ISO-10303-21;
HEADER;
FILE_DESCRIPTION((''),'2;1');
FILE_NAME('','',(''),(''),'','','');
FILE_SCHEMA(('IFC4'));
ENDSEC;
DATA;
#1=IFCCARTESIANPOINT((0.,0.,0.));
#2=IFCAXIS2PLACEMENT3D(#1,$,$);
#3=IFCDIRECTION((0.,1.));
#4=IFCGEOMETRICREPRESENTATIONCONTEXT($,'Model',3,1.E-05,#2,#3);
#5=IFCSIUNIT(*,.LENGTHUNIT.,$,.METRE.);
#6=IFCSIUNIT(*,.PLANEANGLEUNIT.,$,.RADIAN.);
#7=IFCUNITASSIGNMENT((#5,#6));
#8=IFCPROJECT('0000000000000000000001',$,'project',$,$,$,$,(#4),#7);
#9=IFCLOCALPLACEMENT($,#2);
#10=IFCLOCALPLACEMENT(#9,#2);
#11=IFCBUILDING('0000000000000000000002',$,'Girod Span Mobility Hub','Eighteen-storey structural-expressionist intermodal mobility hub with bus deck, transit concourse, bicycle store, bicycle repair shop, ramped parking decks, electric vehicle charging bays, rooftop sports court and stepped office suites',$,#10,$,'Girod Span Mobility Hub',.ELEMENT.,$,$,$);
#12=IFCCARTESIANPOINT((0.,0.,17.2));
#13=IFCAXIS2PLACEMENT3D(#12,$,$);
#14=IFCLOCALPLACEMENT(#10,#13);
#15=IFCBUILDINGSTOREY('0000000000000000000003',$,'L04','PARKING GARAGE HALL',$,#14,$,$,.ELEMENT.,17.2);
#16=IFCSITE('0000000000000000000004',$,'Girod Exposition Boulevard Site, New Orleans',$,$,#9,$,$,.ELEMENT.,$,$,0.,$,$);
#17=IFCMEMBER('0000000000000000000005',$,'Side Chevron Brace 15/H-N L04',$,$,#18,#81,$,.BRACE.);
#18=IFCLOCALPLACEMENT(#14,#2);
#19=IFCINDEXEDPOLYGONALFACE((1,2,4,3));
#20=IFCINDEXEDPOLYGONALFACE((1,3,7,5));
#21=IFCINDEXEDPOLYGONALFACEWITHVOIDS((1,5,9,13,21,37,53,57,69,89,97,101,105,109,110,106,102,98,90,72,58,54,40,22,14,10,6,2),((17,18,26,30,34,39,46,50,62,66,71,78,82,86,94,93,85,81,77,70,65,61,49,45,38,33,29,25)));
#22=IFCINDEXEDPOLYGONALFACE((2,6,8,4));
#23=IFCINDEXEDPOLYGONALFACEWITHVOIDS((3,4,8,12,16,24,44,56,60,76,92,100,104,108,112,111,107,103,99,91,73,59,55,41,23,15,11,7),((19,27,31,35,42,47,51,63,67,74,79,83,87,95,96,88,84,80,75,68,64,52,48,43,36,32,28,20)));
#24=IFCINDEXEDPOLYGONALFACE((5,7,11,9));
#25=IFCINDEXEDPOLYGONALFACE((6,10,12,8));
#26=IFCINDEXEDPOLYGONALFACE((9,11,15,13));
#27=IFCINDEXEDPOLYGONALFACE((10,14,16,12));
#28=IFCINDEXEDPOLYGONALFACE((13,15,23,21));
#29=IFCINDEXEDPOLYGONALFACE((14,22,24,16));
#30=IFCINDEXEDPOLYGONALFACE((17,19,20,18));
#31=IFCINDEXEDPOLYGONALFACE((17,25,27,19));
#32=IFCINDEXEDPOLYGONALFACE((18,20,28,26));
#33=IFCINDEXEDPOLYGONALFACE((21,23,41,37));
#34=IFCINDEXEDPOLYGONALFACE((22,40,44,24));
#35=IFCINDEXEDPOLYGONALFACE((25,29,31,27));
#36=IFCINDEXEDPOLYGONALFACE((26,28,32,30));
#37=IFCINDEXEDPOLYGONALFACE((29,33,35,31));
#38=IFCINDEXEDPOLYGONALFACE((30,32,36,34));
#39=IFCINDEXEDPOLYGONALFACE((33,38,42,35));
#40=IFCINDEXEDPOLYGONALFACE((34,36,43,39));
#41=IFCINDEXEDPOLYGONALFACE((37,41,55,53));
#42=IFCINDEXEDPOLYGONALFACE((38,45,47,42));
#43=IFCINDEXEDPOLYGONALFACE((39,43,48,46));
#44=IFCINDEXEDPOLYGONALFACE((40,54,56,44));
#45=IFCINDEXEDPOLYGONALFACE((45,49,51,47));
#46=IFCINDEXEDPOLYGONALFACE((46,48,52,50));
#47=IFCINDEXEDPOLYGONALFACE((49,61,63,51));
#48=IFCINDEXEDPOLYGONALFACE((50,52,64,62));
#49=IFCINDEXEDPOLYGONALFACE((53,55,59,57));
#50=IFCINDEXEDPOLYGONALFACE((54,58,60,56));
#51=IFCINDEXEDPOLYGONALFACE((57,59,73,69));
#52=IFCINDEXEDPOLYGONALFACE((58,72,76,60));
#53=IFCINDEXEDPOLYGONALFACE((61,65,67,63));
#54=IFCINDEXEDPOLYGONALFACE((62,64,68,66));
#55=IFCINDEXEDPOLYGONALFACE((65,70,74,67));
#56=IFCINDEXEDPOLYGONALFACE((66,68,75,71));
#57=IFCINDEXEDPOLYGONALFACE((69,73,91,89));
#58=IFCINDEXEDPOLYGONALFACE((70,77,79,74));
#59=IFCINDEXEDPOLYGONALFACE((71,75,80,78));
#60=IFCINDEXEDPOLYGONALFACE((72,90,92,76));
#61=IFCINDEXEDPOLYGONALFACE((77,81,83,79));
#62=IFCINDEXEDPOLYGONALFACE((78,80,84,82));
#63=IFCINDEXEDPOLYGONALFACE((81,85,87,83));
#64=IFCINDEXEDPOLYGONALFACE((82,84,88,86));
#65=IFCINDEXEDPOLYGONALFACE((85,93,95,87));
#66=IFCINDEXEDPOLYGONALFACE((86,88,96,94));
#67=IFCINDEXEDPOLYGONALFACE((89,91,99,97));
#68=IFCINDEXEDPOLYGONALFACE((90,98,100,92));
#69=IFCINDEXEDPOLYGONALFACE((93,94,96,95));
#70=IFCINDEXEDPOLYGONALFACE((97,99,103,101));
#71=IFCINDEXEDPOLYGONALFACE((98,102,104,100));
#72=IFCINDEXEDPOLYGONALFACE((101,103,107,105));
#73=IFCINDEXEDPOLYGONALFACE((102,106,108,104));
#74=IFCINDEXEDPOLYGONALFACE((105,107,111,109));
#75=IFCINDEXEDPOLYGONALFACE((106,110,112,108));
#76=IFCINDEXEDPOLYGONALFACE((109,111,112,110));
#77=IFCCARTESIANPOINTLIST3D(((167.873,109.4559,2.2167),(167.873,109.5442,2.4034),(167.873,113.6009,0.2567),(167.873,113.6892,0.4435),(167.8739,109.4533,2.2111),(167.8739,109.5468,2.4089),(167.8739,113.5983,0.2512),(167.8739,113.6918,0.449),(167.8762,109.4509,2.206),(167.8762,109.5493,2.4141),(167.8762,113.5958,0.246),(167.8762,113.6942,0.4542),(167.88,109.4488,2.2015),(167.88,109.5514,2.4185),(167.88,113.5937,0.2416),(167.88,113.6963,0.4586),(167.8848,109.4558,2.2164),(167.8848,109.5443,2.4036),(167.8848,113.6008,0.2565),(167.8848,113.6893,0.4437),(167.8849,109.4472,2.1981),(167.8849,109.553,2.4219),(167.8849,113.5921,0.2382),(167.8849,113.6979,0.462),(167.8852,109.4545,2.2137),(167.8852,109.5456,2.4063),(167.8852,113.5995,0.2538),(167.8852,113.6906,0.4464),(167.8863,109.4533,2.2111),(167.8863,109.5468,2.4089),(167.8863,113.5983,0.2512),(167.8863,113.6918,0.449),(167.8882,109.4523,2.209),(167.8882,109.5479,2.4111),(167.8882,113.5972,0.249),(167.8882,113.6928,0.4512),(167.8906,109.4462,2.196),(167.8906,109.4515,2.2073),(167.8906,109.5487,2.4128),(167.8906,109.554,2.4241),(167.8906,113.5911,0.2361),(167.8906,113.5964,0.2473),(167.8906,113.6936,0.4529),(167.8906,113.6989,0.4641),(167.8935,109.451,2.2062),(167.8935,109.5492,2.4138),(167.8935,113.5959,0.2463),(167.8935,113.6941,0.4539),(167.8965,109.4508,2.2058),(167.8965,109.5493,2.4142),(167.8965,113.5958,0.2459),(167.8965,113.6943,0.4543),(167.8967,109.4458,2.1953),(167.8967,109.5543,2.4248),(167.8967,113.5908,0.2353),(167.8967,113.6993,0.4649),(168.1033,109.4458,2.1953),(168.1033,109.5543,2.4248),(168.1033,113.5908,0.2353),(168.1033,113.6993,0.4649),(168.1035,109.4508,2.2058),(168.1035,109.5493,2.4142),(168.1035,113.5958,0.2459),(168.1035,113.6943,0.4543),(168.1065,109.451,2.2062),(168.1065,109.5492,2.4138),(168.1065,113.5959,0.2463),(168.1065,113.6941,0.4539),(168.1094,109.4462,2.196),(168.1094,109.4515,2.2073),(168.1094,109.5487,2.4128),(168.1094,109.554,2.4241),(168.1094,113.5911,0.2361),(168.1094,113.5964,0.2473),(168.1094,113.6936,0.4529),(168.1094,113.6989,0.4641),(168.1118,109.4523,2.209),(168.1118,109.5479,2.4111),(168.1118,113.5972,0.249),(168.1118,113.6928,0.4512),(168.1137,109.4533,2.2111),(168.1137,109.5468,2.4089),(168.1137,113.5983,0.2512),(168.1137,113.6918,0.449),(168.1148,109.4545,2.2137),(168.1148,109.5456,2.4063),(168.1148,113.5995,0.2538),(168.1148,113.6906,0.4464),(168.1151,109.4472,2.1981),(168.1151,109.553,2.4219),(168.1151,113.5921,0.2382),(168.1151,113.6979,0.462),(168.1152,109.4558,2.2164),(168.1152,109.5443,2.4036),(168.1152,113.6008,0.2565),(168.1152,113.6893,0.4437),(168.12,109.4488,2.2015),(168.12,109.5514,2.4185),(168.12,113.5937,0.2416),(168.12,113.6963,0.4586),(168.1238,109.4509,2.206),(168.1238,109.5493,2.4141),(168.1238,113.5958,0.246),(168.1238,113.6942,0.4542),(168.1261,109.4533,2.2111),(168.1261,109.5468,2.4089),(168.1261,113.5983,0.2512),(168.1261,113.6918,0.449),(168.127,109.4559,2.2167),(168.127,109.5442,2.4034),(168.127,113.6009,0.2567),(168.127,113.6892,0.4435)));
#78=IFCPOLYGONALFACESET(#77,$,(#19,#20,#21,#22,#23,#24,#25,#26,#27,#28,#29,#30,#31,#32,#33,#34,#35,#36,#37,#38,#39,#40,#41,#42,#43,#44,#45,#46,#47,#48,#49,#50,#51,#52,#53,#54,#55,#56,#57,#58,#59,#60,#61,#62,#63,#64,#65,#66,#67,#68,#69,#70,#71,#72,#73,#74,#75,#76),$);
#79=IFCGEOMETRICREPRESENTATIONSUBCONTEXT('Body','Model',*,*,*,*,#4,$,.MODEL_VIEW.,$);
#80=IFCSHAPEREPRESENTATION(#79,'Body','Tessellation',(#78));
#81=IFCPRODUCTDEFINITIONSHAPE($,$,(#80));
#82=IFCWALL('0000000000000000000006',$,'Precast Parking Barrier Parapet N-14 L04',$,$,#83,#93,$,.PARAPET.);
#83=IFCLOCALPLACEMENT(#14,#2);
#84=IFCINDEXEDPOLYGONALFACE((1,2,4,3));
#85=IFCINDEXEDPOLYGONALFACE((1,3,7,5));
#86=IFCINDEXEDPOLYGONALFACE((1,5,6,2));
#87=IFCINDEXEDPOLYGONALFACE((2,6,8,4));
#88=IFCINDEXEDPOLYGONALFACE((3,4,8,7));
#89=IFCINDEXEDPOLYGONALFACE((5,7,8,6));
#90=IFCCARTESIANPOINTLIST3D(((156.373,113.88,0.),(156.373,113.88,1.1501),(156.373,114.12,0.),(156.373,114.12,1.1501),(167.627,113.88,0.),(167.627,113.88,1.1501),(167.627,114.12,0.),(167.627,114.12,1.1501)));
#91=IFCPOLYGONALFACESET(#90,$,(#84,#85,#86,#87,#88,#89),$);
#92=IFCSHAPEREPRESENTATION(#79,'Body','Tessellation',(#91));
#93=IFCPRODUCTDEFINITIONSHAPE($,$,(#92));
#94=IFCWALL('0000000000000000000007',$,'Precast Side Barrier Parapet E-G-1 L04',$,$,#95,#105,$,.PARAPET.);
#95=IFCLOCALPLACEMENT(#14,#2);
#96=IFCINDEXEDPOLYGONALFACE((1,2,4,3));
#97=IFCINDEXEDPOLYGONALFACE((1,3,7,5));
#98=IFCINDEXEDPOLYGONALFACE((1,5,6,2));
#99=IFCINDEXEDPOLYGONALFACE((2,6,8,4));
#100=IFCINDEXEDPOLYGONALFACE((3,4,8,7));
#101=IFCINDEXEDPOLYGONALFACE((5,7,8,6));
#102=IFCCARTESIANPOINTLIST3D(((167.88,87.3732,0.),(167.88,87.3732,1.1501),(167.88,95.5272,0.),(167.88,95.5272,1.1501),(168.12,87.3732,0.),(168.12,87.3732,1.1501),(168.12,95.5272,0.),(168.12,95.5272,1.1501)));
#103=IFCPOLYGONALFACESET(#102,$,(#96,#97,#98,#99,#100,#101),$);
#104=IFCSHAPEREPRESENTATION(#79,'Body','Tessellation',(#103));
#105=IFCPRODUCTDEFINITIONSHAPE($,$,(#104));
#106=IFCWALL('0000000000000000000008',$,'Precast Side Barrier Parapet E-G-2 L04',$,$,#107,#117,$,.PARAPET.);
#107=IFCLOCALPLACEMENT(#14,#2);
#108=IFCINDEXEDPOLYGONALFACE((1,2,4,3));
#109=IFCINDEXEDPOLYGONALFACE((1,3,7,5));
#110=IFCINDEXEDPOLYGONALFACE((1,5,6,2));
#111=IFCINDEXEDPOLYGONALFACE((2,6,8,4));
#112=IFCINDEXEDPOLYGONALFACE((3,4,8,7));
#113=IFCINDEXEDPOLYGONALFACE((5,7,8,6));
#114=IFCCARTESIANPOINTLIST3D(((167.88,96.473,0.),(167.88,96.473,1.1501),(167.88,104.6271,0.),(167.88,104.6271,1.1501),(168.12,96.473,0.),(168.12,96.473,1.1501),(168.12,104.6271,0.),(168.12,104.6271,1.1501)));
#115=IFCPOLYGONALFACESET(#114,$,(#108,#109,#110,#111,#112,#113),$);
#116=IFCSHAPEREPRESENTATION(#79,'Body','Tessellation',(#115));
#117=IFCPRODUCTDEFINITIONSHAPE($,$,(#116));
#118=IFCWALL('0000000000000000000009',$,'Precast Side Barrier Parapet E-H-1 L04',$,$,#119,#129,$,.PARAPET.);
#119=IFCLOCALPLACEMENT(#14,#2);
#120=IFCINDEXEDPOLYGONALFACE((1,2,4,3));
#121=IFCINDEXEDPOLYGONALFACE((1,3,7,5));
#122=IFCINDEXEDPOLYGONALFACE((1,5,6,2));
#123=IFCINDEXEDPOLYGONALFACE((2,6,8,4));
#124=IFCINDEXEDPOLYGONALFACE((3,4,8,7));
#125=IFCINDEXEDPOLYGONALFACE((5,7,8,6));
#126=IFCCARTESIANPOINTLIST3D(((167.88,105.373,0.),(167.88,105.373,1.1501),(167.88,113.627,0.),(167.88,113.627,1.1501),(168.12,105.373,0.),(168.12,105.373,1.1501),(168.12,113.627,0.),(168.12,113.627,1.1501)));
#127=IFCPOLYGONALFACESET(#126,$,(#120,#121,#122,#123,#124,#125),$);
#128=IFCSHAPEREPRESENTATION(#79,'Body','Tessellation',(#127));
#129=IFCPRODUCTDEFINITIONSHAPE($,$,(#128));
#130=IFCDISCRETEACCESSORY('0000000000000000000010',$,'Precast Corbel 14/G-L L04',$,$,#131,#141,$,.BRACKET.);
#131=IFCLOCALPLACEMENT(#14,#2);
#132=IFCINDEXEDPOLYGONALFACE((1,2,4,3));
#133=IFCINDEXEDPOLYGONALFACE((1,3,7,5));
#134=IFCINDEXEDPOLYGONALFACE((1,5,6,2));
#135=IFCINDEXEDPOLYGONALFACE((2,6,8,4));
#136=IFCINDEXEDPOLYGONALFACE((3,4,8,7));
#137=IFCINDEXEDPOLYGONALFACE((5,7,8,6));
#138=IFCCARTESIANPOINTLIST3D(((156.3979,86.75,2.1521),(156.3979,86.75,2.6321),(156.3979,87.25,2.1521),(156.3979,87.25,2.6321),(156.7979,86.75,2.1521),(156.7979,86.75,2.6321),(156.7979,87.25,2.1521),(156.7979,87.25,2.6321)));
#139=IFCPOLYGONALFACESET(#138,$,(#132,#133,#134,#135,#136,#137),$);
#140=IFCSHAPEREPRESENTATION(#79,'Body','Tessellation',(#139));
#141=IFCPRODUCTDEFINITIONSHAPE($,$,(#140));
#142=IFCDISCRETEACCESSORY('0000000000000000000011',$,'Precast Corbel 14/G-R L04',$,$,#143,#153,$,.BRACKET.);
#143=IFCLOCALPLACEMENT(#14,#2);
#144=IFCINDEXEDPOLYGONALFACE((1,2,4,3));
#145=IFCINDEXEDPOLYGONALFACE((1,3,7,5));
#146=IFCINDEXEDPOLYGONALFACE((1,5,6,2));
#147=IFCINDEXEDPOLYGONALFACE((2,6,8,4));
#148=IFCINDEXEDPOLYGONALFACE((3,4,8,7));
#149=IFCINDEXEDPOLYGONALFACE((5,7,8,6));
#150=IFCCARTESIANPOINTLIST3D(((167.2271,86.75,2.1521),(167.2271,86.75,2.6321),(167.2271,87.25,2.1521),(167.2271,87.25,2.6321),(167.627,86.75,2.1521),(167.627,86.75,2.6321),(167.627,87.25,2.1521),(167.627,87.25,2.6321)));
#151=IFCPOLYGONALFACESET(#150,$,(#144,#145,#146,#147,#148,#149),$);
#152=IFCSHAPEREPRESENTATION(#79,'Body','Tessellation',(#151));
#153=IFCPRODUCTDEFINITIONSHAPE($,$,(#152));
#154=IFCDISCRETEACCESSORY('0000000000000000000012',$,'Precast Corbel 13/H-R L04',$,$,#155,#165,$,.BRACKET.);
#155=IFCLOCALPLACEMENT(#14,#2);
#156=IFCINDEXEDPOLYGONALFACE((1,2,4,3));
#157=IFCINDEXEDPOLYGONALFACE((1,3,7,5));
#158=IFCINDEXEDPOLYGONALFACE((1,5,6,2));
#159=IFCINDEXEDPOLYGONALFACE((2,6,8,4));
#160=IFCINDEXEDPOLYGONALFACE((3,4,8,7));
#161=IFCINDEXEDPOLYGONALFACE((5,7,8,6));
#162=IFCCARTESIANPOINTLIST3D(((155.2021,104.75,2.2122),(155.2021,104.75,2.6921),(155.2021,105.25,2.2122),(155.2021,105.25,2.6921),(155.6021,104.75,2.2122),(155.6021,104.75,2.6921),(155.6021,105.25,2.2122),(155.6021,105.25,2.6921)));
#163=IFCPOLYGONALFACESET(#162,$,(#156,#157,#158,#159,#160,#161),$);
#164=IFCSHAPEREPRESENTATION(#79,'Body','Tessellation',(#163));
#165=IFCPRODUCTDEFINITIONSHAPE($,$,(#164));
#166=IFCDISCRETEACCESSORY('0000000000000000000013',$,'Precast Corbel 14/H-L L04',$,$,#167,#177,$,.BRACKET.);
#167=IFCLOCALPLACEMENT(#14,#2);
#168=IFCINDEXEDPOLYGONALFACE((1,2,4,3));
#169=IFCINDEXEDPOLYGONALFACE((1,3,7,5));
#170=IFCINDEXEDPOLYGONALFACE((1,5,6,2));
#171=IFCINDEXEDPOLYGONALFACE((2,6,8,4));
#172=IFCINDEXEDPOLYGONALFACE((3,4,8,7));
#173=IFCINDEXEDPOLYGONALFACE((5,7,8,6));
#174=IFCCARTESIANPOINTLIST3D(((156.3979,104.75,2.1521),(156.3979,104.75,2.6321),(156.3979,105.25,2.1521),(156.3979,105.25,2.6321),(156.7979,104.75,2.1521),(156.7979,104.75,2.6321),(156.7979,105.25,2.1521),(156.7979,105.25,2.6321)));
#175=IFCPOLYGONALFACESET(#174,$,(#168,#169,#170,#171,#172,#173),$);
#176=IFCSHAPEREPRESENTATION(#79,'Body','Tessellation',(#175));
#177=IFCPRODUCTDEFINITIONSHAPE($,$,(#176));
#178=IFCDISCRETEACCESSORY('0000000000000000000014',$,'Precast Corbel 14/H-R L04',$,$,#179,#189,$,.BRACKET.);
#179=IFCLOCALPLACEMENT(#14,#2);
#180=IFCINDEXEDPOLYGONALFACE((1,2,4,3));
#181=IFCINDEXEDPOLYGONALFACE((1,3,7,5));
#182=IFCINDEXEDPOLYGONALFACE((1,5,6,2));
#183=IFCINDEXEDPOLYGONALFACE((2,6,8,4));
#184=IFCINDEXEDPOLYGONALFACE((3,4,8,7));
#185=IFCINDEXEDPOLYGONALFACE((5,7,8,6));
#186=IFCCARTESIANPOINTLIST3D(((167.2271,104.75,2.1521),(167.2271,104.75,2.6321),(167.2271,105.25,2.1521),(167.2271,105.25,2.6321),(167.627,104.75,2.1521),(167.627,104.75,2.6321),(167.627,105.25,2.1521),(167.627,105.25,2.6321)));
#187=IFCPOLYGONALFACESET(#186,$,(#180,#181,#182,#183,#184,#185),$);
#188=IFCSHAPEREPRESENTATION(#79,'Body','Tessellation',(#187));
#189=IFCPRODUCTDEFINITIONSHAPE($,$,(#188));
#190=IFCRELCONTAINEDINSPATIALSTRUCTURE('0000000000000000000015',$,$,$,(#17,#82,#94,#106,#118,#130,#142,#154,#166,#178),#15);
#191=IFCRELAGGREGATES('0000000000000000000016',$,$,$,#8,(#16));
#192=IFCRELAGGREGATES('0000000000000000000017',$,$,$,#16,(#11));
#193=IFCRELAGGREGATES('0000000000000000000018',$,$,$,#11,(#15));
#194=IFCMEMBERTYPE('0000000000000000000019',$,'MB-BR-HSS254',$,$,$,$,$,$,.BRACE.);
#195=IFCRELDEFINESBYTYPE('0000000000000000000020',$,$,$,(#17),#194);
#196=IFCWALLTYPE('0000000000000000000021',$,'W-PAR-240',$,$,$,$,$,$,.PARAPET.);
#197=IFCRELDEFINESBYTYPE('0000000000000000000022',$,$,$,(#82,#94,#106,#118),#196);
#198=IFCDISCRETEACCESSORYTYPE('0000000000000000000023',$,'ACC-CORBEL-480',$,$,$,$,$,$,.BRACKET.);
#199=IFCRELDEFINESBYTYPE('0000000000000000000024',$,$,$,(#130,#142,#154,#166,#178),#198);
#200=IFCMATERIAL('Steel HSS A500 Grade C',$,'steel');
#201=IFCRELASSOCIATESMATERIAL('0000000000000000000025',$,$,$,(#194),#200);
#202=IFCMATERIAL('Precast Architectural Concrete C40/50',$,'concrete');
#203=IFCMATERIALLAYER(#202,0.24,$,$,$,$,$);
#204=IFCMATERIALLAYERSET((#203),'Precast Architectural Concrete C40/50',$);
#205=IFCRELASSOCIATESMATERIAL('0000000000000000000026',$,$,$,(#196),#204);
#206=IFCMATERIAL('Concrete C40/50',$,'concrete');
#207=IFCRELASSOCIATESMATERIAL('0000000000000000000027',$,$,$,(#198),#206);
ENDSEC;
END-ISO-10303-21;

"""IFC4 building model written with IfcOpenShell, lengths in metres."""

from ifc_helpers import new_model, si_unit, direction, frame, frame_2d, origin, origin_2d, place, context, subcontext, project, spatial, rectangle, hollow_rectangle, extrude, material, layer, layer_set, material_profile, profile_set, type_object, element, save


model = new_model("IFC4")

# Units and contexts
model_context = context("Model", 3, precision=1e-05, world=origin(), true_north=direction((0.0, 1.0)))
body_context = subcontext(model_context, "Body", "Model", "MODEL_VIEW")
ifc_project = project(units=[si_unit("LENGTHUNIT", "METRE"), si_unit("PLANEANGLEUNIT", "RADIAN")], contexts=[model_context])

# Site, building, storey
site_placement = place(None, origin())
site = spatial("IfcSite", under=ifc_project, at=site_placement, Name="Girod Exposition Boulevard Site, New Orleans", CompositionType="ELEMENT", RefElevation=0.0)
building_placement = place(site_placement, origin())
building = spatial("IfcBuilding", under=site, at=building_placement, Name="Girod Span Mobility Hub", Description="Eighteen-storey structural-expressionist intermodal mobility hub with bus deck, transit concourse, bicycle store, bicycle repair shop, ramped parking decks, electric vehicle charging bays, rooftop sports court and stepped office suites", LongName="Girod Span Mobility Hub", CompositionType="ELEMENT")
storey_placement = place(building_placement, frame((0.0, 0.0, 17.2)))
storey = spatial("IfcBuildingStorey", under=building, at=storey_placement, Name="L04", Description="PARKING GARAGE HALL", CompositionType="ELEMENT", Elevation=17.2)

# Member
ifc_material_1 = material(Name="Steel HSS A500 Grade C", Category="steel")
ifc_material_profile_1 = material_profile(ifc_material_1, hollow_rectangle(XDim=0.2539, YDim=0.2539, WallThickness=0.0117, InnerFilletRadius=0.0117, OuterFilletRadius=0.0237, at=origin_2d()), Name="HSS254X254X12.7")
ifc_profile_set_1 = profile_set([ifc_material_profile_1], Name="Steel HSS A500 Grade C")
member_type = type_object("IfcMemberType", Name="MB-BR-HSS254", PredefinedType="BRACE", material=ifc_profile_set_1)
for number, where, z_axis, x_axis, name in (
    (1, (168.0, 113.645, 0.3501), (0.0, -0.90403, 0.427468), (1.0, 0.0, 0.0), "Side Chevron Brace 15/H-N L04"),
):
    element("IfcMember", number, at=place(storey_placement, frame(where, z_axis=z_axis, x_axis=x_axis)), inside=storey, type_object=member_type, Name=name, PredefinedType="BRACE", context=body_context, shape_type="SweptSolid", body=[
        extrude(hollow_rectangle(XDim=0.2539, YDim=0.2539, WallThickness=0.0117, InnerFilletRadius=0.0117, OuterFilletRadius=0.0237, at=origin_2d()), origin(), (0.0, 0.0, 1.0), 4.585),
    ])

# Walls
ifc_material_2 = material(Name="Precast Architectural Concrete C40/50", Category="concrete")
ifc_layer = layer(ifc_material_2, 0.24)
ifc_layer_set = layer_set([ifc_layer], Name="Precast Architectural Concrete C40/50")
wall_type = type_object("IfcWallType", Name="W-PAR-240", PredefinedType="PARAPET", material=ifc_layer_set)
wall_1_placement = place(storey_placement, frame((156.373, 114.0, 0.0), z_axis=(0.0, 0.0, 1.0), x_axis=(1.0, 0.0, 0.0)))
element("IfcWall", 2, at=wall_1_placement, inside=storey, type_object=wall_type, Name="Precast Parking Barrier Parapet N-14 L04", PredefinedType="PARAPET", context=body_context, shape_type="SweptSolid", body=[
    extrude(rectangle(XDim=11.2539, YDim=0.24, at=frame_2d((5.627, 0.0))), origin(), (0.0, 0.0, 1.0), 1.1501),
])
for number, where, z_axis, x_axis, name in (
    (3, (168.0, 87.373, 0.0), (0.0, 0.0, 1.0), (0.0, 1.0, 0.0), "Precast Side Barrier Parapet E-G-1 L04"),
    (4, (168.0, 96.4729, 0.0), (0.0, 0.0, 1.0), (0.0, 1.0, 0.0), "Precast Side Barrier Parapet E-G-2 L04"),
):
    element("IfcWall", number, at=place(storey_placement, frame(where, z_axis=z_axis, x_axis=x_axis)), inside=storey, type_object=wall_type, Name=name, PredefinedType="PARAPET", context=body_context, shape_type="SweptSolid", body=[
        extrude(rectangle(XDim=8.1541, YDim=0.24, at=frame_2d((4.0771, 0.0))), origin(), (0.0, 0.0, 1.0), 1.1501),
    ])
wall_2_placement = place(storey_placement, frame((168.0, 105.373, 0.0), z_axis=(0.0, 0.0, 1.0), x_axis=(0.0, 1.0, 0.0)))
element("IfcWall", 5, at=wall_2_placement, inside=storey, type_object=wall_type, Name="Precast Side Barrier Parapet E-H-1 L04", PredefinedType="PARAPET", context=body_context, shape_type="SweptSolid", body=[
    extrude(rectangle(XDim=8.2539, YDim=0.24, at=frame_2d((4.127, 0.0))), origin(), (0.0, 0.0, 1.0), 1.1501),
])

# Discrete accessories
ifc_material_3 = material(Name="Concrete C40/50", Category="concrete")
discrete_accessory_type = type_object("IfcDiscreteAccessoryType", Name="ACC-CORBEL-480", PredefinedType="BRACKET", material=ifc_material_3)
for number, where, z_axis, x_axis, name in (
    (6, (156.5979, 87.0, 2.1521), (0.0, 0.0, 1.0), (1.0, 0.0, 0.0), "Precast Corbel 14/G-L L04"),
    (7, (167.427, 87.0, 2.1521), (0.0, 0.0, 1.0), (1.0, 0.0, 0.0), "Precast Corbel 14/G-R L04"),
    (8, (155.4021, 105.0, 2.2122), (0.0, 0.0, 1.0), (1.0, 0.0, 0.0), "Precast Corbel 13/H-R L04"),
    (9, (156.5979, 105.0, 2.1521), (0.0, 0.0, 1.0), (1.0, 0.0, 0.0), "Precast Corbel 14/H-L L04"),
    (10, (167.427, 105.0, 2.1521), (0.0, 0.0, 1.0), (1.0, 0.0, 0.0), "Precast Corbel 14/H-R L04"),
):
    element("IfcDiscreteAccessory", number, at=place(storey_placement, frame(where, z_axis=z_axis, x_axis=x_axis)), inside=storey, type_object=discrete_accessory_type, Name=name, PredefinedType="BRACKET", context=body_context, shape_type="SweptSolid", body=[
        extrude(rectangle(XDim=0.3999, YDim=0.5, at=origin_2d()), origin(), (0.0, 0.0, 1.0), 0.48),
    ])

save(model, "model.ifc")
